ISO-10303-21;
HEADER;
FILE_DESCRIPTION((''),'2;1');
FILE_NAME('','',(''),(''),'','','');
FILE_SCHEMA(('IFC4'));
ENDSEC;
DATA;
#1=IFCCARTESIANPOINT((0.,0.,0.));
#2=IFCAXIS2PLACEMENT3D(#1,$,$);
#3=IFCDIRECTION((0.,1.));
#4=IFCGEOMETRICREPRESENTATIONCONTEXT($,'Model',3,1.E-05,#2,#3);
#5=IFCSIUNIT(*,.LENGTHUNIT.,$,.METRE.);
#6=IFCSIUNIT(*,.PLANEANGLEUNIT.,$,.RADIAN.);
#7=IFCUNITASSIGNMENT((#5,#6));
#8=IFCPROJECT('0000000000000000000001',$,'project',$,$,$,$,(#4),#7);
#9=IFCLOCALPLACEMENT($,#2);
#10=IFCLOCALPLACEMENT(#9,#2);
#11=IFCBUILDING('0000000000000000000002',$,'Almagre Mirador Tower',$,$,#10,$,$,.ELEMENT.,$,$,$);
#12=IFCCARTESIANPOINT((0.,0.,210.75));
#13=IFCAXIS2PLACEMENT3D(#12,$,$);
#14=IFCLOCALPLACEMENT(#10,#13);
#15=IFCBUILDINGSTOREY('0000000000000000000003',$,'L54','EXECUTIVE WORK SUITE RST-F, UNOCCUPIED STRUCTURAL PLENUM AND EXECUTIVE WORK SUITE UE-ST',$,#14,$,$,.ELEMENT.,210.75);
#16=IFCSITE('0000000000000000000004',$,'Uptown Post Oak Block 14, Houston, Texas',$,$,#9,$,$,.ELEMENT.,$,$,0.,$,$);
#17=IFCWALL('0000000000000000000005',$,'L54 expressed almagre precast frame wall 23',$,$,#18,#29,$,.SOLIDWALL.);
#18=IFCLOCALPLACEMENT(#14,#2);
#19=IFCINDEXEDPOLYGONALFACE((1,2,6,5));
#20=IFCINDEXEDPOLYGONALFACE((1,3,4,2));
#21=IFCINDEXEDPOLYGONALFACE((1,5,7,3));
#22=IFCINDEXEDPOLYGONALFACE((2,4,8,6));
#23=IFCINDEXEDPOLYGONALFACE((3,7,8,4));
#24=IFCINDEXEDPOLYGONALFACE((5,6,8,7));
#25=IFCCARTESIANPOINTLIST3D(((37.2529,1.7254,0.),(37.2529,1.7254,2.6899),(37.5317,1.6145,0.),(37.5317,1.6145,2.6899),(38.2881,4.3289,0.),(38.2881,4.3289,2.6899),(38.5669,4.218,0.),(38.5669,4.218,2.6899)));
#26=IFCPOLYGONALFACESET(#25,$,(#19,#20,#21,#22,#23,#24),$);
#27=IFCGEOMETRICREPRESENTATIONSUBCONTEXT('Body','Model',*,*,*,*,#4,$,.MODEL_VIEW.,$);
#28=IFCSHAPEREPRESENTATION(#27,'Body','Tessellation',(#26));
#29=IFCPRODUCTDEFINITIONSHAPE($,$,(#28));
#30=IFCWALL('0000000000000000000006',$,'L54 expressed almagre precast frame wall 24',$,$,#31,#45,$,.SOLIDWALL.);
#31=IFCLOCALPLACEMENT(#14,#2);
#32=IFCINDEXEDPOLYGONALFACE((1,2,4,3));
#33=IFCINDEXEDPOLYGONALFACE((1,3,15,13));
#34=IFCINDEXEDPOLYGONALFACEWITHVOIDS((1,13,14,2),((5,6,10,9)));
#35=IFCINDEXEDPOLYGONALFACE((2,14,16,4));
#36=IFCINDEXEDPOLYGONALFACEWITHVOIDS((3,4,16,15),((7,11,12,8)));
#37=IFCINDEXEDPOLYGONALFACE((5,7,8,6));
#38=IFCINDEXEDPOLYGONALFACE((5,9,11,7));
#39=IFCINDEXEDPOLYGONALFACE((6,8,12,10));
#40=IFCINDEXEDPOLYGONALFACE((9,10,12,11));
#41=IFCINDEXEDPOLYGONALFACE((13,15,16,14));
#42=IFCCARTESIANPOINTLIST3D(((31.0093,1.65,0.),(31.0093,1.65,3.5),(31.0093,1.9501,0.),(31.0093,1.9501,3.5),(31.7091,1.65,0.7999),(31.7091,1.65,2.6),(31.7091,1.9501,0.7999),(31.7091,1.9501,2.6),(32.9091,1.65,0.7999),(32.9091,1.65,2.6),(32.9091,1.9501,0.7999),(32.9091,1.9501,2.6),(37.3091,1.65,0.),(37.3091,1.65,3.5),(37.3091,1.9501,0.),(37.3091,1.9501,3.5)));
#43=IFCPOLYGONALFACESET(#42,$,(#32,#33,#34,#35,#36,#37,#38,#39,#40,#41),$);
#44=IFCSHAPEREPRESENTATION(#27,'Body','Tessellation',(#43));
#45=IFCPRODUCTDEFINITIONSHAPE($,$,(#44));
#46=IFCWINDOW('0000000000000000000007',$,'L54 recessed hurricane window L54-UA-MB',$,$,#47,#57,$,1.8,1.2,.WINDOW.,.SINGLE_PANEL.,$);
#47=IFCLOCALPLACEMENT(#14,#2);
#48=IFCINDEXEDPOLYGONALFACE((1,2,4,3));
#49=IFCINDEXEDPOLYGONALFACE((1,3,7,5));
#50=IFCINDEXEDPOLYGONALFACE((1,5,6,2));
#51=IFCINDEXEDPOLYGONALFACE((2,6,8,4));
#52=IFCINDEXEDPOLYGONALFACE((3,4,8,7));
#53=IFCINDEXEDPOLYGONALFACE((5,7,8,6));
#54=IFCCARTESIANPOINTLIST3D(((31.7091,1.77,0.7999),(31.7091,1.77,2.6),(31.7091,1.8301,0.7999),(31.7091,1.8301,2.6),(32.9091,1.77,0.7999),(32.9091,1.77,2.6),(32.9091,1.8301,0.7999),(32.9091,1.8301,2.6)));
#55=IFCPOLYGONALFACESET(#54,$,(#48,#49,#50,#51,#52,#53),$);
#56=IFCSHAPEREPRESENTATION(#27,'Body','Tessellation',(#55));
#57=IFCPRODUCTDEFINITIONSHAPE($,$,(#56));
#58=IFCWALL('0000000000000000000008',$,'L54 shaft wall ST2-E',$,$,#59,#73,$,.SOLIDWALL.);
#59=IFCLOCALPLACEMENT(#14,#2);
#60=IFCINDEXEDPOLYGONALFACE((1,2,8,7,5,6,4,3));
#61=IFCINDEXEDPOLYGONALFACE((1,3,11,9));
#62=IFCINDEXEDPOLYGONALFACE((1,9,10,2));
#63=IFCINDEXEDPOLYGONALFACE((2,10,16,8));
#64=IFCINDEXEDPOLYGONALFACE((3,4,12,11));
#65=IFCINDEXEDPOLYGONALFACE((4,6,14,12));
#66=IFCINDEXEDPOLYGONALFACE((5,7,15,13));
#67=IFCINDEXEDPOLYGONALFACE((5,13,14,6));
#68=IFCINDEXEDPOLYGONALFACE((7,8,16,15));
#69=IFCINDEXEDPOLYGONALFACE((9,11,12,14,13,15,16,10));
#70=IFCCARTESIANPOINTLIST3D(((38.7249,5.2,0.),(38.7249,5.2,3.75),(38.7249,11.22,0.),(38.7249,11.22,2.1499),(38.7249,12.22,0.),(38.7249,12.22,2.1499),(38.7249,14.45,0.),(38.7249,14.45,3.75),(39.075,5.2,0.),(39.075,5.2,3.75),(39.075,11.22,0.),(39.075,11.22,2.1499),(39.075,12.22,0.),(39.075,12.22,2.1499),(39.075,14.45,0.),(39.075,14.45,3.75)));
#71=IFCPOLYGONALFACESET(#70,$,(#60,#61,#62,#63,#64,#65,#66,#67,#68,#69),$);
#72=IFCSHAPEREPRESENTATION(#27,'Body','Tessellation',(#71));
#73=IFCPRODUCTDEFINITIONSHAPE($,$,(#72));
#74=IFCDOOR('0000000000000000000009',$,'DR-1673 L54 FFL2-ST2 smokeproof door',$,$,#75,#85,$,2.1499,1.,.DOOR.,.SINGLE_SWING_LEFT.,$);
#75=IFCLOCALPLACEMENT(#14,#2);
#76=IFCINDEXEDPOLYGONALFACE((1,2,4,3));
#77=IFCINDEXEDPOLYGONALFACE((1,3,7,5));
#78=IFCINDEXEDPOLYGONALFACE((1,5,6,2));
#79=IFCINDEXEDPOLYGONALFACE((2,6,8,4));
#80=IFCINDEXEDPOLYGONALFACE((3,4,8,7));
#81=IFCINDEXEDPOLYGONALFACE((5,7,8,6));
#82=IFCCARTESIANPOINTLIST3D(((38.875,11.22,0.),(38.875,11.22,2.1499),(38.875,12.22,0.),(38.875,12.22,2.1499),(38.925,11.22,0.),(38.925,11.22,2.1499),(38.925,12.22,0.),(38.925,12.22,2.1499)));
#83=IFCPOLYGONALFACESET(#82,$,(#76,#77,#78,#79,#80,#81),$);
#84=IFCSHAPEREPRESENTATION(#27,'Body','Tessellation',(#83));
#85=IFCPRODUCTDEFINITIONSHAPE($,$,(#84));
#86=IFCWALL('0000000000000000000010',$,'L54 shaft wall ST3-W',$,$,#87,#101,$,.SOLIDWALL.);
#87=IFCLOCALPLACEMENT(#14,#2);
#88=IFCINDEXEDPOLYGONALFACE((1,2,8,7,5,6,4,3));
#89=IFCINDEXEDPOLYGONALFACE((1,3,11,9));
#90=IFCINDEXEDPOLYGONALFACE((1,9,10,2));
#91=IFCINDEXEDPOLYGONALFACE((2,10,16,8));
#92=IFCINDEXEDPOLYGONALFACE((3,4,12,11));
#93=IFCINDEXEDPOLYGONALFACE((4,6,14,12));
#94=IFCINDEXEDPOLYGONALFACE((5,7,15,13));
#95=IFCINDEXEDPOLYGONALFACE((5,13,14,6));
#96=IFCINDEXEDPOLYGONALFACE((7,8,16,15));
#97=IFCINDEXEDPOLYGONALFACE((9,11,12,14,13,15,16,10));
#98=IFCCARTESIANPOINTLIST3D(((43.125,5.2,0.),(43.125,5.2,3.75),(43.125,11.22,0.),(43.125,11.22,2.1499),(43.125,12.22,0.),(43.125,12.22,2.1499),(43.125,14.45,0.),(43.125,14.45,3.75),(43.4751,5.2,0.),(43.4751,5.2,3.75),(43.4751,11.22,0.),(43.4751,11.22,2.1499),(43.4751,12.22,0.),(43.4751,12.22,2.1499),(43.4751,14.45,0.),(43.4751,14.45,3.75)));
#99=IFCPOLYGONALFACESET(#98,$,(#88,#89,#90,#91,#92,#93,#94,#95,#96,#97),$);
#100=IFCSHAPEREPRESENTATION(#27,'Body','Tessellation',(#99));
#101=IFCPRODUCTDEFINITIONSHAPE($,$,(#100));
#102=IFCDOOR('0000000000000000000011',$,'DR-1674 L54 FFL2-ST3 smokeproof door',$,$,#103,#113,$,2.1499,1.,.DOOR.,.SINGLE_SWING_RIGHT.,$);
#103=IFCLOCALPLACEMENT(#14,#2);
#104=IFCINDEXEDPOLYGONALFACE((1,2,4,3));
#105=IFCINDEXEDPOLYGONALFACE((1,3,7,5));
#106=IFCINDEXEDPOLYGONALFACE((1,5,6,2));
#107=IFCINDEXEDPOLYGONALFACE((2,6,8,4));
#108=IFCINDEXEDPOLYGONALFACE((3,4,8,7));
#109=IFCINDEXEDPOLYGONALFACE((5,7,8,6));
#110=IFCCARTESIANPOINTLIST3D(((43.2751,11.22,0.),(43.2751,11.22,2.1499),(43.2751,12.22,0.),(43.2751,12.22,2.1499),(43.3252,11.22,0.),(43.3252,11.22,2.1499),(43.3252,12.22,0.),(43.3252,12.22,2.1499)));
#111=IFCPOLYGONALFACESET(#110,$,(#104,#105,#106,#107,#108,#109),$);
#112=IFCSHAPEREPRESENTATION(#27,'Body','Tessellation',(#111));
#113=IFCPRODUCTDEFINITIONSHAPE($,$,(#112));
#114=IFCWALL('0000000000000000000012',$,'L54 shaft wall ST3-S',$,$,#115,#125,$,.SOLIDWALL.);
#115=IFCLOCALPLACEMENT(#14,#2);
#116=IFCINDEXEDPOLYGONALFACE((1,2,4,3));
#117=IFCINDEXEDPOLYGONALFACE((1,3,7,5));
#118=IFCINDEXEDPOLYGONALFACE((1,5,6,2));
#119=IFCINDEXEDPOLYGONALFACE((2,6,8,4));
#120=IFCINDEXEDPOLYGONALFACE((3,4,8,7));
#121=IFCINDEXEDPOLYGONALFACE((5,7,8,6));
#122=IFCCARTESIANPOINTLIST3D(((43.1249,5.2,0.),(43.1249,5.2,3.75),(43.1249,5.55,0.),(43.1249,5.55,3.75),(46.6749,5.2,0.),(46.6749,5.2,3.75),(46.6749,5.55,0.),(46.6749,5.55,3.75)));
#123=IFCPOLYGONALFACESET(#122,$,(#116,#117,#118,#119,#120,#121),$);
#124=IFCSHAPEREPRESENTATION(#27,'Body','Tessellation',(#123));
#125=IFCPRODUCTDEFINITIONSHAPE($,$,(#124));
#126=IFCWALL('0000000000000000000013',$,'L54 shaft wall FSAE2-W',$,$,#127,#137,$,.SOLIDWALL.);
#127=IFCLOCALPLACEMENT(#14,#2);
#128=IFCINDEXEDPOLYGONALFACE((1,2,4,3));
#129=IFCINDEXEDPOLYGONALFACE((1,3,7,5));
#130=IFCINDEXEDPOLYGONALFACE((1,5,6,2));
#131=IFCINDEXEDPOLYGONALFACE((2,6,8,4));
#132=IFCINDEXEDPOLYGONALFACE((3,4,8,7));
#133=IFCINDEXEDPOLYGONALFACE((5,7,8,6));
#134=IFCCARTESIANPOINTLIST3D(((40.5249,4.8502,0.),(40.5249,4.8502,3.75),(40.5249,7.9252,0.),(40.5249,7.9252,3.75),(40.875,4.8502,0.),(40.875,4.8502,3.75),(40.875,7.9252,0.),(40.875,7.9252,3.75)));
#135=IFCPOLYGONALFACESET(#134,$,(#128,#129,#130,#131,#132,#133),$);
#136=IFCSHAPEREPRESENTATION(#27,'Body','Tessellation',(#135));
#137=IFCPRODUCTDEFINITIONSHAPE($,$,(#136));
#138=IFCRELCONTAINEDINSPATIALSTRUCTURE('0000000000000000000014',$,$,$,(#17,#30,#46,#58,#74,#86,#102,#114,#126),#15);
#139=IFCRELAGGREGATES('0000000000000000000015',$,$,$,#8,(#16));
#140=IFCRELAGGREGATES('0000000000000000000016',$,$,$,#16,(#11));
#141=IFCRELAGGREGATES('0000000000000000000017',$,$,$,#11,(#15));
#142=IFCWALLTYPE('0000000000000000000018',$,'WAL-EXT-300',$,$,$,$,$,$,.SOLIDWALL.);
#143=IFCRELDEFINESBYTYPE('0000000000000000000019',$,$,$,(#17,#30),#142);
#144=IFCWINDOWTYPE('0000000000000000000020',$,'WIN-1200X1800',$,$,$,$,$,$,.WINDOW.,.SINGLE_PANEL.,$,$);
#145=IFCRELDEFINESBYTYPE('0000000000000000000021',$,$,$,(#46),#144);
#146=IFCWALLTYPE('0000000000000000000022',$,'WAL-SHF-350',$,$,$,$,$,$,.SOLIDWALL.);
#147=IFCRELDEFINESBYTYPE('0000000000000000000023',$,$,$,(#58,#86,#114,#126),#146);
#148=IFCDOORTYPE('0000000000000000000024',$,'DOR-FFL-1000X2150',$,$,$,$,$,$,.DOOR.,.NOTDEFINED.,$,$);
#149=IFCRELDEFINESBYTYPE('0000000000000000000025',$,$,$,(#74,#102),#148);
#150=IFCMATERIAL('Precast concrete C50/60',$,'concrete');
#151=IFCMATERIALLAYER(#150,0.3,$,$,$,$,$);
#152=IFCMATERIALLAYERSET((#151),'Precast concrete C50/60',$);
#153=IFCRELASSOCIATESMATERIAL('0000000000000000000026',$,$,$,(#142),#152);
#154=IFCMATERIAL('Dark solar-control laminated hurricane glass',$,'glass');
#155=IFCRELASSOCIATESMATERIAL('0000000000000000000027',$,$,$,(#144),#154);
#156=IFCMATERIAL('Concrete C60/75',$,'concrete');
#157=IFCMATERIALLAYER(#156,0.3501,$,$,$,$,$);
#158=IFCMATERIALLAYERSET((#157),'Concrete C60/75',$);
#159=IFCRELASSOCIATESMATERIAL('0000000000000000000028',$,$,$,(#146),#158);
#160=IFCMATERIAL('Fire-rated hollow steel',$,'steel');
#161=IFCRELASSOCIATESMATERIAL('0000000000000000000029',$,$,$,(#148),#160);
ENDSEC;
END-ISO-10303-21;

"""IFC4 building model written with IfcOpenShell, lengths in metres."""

from ifc_helpers import new_model, si_unit, direction, frame, frame_2d, origin, place, context, subcontext, project, spatial, rectangle, extrude, material, layer, layer_set, type_object, element, fill, save


model = new_model("IFC4")

# Units and contexts
model_context = context("Model", 3, precision=1e-05, world=origin(), true_north=direction((0.0, 1.0)))
body_context = subcontext(model_context, "Body", "Model", "MODEL_VIEW")
ifc_project = project(units=[si_unit("LENGTHUNIT", "METRE"), si_unit("PLANEANGLEUNIT", "RADIAN")], contexts=[model_context])

# Site, building, storey
site_placement = place(None, origin())
site = spatial("IfcSite", under=ifc_project, at=site_placement, Name="Uptown Post Oak Block 14, Houston, Texas", CompositionType="ELEMENT", RefElevation=0.0)
building_placement = place(site_placement, origin())
building = spatial("IfcBuilding", under=site, at=building_placement, Name="Almagre Mirador Tower", CompositionType="ELEMENT")
storey_placement = place(building_placement, frame((0.0, 0.0, 210.75)))
storey = spatial("IfcBuildingStorey", under=building, at=storey_placement, Name="L54", Description="EXECUTIVE WORK SUITE RST-F, UNOCCUPIED STRUCTURAL PLENUM AND EXECUTIVE WORK SUITE UE-ST", CompositionType="ELEMENT", Elevation=210.75)

# Shared definitions
ifc_material_1 = material(Name="Precast concrete C50/60", Category="concrete")
ifc_layer_1 = layer(ifc_material_1, 0.3)
ifc_layer_set_1 = layer_set([ifc_layer_1], Name="Precast concrete C50/60")
wall_type_1 = type_object("IfcWallType", Name="WAL-EXT-300", PredefinedType="SOLIDWALL", material=ifc_layer_set_1)
ifc_material_2 = material(Name="Dark solar-control laminated hurricane glass", Category="glass")
window_type = type_object("IfcWindowType", Name="WIN-1200X1800", PartitioningType="SINGLE_PANEL", PredefinedType="WINDOW", material=ifc_material_2)

# Wall
wall_1_placement = place(storey_placement, frame((38.4275, 4.2734, 0.0), z_axis=(0.0, 0.0, 1.0), x_axis=(-0.369467, -0.929244, 0.0)))
element("IfcWall", 1, at=wall_1_placement, inside=storey, type_object=wall_type_1, Name="L54 expressed almagre precast frame wall 23", PredefinedType="SOLIDWALL", context=body_context, shape_type="SweptSolid", body=[
    extrude(rectangle(XDim=2.8018, YDim=0.3, at=frame_2d((1.4009, 0.0))), origin(), (0.0, 0.0, 1.0), 2.6899),
])

# Wall, opening, window
wall_2_placement = place(storey_placement, frame((37.3091, 1.8, 0.0), z_axis=(0.0, 0.0, 1.0), x_axis=(-1.0, 0.0, 0.0)))
wall_2 = element("IfcWall", 2, at=wall_2_placement, inside=storey, type_object=wall_type_1, Name="L54 expressed almagre precast frame wall 24", PredefinedType="SOLIDWALL", context=body_context, shape_type="SweptSolid", body=[
    extrude(rectangle(XDim=6.2998, YDim=0.3, at=frame_2d((3.1499, 0.0))), origin(), (0.0, 0.0, 1.0), 3.5),
])
opening_1_placement = place(wall_2_placement, frame((4.3999, 0.0, 0.8)))
opening_1 = element("IfcOpeningElement", 3, at=opening_1_placement, cuts=wall_2, PredefinedType="OPENING", context=body_context, shape_type="SweptSolid", body=[
    extrude(rectangle(XDim=1.2, YDim=1.8, at=frame_2d((0.6001, 0.8999))), frame((0.0, 0.1599, 0.0), z_axis=(0.0, -1.0, 0.0), x_axis=(1.0, 0.0, 0.0)), (0.0, 0.0, 1.0), 0.32),
])
window_1_placement = place(opening_1_placement, origin())
window_1 = element("IfcWindow", 4, at=window_1_placement, inside=storey, type_object=window_type, Name="L54 recessed hurricane window L54-UA-MB", OverallHeight=1.8, OverallWidth=1.2, PartitioningType="SINGLE_PANEL", PredefinedType="WINDOW", context=body_context, shape_type="SweptSolid", body=[
    extrude(rectangle(XDim=1.2, YDim=1.8, at=frame_2d((0.6001, 0.8999))), frame((0.0, 0.03, 0.0), z_axis=(0.0, -1.0, 0.0), x_axis=(1.0, 0.0, 0.0)), (0.0, 0.0, 1.0), 0.0601),
])
fill(opening_1, window_1)

# Walls, openings, doors
ifc_material_3 = material(Name="Concrete C60/75", Category="concrete")
ifc_layer_2 = layer(ifc_material_3, 0.3501)
ifc_layer_set_2 = layer_set([ifc_layer_2], Name="Concrete C60/75")
wall_type_2 = type_object("IfcWallType", Name="WAL-SHF-350", PredefinedType="SOLIDWALL", material=ifc_layer_set_2)
wall_3_placement = place(storey_placement, frame((38.8999, 5.2, 0.0), z_axis=(0.0, 0.0, 1.0), x_axis=(0.0, 1.0, 0.0)))
wall_3 = element("IfcWall", 5, at=wall_3_placement, inside=storey, type_object=wall_type_2, Name="L54 shaft wall ST2-E", PredefinedType="SOLIDWALL", context=body_context, shape_type="SweptSolid", body=[
    extrude(rectangle(XDim=9.25, YDim=0.3501, at=frame_2d((4.625, 0.0))), origin(), (0.0, 0.0, 1.0), 3.75),
])
opening_2_placement = place(wall_3_placement, frame((6.02, 0.0, 0.0)))
opening_2 = element("IfcOpeningElement", 6, at=opening_2_placement, cuts=wall_3, PredefinedType="OPENING", context=body_context, shape_type="SweptSolid", body=[
    extrude(rectangle(XDim=1.0, YDim=2.1499, at=frame_2d((0.5, 1.075))), frame((0.0, 0.185, 0.0), z_axis=(0.0, -1.0, 0.0), x_axis=(1.0, 0.0, 0.0)), (0.0, 0.0, 1.0), 0.3701),
])
ifc_material_4 = material(Name="Fire-rated hollow steel", Category="steel")
door_type = type_object("IfcDoorType", Name="DOR-FFL-1000X2150", OperationType="NOTDEFINED", PredefinedType="DOOR", material=ifc_material_4)
door_1_placement = place(opening_2_placement, origin())
door_1 = element("IfcDoor", 7, at=door_1_placement, inside=storey, type_object=door_type, Name="DR-1673 L54 FFL2-ST2 smokeproof door", OperationType="SINGLE_SWING_LEFT", OverallHeight=2.1499, OverallWidth=1.0, PredefinedType="DOOR", context=body_context, shape_type="SweptSolid", body=[
    extrude(rectangle(XDim=1.0, YDim=2.1499, at=frame_2d((0.5, 1.075))), frame((0.0, 0.0249, 0.0), z_axis=(0.0, -1.0, 0.0), x_axis=(1.0, 0.0, 0.0)), (0.0, 0.0, 1.0), 0.05),
])
fill(opening_2, door_1)
wall_4_placement = place(storey_placement, frame((43.3, 5.2, 0.0), z_axis=(0.0, 0.0, 1.0), x_axis=(0.0, 1.0, 0.0)))
wall_4 = element("IfcWall", 8, at=wall_4_placement, inside=storey, type_object=wall_type_2, Name="L54 shaft wall ST3-W", PredefinedType="SOLIDWALL", context=body_context, shape_type="SweptSolid", body=[
    extrude(rectangle(XDim=9.25, YDim=0.3501, at=frame_2d((4.625, 0.0))), origin(), (0.0, 0.0, 1.0), 3.75),
])
opening_3_placement = place(wall_4_placement, frame((6.02, 0.0, 0.0)))
opening_3 = element("IfcOpeningElement", 9, at=opening_3_placement, cuts=wall_4, PredefinedType="OPENING", context=body_context, shape_type="SweptSolid", body=[
    extrude(rectangle(XDim=1.0, YDim=2.1499, at=frame_2d((0.5, 1.075))), frame((0.0, 0.185, 0.0), z_axis=(0.0, -1.0, 0.0), x_axis=(1.0, 0.0, 0.0)), (0.0, 0.0, 1.0), 0.3701),
])
door_2_placement = place(opening_3_placement, origin())
door_2 = element("IfcDoor", 10, at=door_2_placement, inside=storey, type_object=door_type, Name="DR-1674 L54 FFL2-ST3 smokeproof door", OperationType="SINGLE_SWING_RIGHT", OverallHeight=2.1499, OverallWidth=1.0, PredefinedType="DOOR", context=body_context, shape_type="SweptSolid", body=[
    extrude(rectangle(XDim=1.0, YDim=2.1499, at=frame_2d((0.5, 1.075))), frame((0.0, 0.0249, 0.0), z_axis=(0.0, -1.0, 0.0), x_axis=(1.0, 0.0, 0.0)), (0.0, 0.0, 1.0), 0.05),
])
fill(opening_3, door_2)

# Walls
wall_5_placement = place(storey_placement, frame((43.125, 5.375, 0.0), z_axis=(0.0, 0.0, 1.0), x_axis=(1.0, 0.0, 0.0)))
element("IfcWall", 11, at=wall_5_placement, inside=storey, type_object=wall_type_2, Name="L54 shaft wall ST3-S", PredefinedType="SOLIDWALL", context=body_context, shape_type="SweptSolid", body=[
    extrude(rectangle(XDim=3.55, YDim=0.3501, at=frame_2d((1.7749, 0.0))), origin(), (0.0, 0.0, 1.0), 3.75),
])
wall_6_placement = place(storey_placement, frame((40.7, 4.8501, 0.0), z_axis=(0.0, 0.0, 1.0), x_axis=(0.0, 1.0, 0.0)))
element("IfcWall", 12, at=wall_6_placement, inside=storey, type_object=wall_type_2, Name="L54 shaft wall FSAE2-W", PredefinedType="SOLIDWALL", context=body_context, shape_type="SweptSolid", body=[
    extrude(rectangle(XDim=3.075, YDim=0.3501, at=frame_2d((1.5376, 0.0))), origin(), (0.0, 0.0, 1.0), 3.75),
])

save(model, "model.ifc")
